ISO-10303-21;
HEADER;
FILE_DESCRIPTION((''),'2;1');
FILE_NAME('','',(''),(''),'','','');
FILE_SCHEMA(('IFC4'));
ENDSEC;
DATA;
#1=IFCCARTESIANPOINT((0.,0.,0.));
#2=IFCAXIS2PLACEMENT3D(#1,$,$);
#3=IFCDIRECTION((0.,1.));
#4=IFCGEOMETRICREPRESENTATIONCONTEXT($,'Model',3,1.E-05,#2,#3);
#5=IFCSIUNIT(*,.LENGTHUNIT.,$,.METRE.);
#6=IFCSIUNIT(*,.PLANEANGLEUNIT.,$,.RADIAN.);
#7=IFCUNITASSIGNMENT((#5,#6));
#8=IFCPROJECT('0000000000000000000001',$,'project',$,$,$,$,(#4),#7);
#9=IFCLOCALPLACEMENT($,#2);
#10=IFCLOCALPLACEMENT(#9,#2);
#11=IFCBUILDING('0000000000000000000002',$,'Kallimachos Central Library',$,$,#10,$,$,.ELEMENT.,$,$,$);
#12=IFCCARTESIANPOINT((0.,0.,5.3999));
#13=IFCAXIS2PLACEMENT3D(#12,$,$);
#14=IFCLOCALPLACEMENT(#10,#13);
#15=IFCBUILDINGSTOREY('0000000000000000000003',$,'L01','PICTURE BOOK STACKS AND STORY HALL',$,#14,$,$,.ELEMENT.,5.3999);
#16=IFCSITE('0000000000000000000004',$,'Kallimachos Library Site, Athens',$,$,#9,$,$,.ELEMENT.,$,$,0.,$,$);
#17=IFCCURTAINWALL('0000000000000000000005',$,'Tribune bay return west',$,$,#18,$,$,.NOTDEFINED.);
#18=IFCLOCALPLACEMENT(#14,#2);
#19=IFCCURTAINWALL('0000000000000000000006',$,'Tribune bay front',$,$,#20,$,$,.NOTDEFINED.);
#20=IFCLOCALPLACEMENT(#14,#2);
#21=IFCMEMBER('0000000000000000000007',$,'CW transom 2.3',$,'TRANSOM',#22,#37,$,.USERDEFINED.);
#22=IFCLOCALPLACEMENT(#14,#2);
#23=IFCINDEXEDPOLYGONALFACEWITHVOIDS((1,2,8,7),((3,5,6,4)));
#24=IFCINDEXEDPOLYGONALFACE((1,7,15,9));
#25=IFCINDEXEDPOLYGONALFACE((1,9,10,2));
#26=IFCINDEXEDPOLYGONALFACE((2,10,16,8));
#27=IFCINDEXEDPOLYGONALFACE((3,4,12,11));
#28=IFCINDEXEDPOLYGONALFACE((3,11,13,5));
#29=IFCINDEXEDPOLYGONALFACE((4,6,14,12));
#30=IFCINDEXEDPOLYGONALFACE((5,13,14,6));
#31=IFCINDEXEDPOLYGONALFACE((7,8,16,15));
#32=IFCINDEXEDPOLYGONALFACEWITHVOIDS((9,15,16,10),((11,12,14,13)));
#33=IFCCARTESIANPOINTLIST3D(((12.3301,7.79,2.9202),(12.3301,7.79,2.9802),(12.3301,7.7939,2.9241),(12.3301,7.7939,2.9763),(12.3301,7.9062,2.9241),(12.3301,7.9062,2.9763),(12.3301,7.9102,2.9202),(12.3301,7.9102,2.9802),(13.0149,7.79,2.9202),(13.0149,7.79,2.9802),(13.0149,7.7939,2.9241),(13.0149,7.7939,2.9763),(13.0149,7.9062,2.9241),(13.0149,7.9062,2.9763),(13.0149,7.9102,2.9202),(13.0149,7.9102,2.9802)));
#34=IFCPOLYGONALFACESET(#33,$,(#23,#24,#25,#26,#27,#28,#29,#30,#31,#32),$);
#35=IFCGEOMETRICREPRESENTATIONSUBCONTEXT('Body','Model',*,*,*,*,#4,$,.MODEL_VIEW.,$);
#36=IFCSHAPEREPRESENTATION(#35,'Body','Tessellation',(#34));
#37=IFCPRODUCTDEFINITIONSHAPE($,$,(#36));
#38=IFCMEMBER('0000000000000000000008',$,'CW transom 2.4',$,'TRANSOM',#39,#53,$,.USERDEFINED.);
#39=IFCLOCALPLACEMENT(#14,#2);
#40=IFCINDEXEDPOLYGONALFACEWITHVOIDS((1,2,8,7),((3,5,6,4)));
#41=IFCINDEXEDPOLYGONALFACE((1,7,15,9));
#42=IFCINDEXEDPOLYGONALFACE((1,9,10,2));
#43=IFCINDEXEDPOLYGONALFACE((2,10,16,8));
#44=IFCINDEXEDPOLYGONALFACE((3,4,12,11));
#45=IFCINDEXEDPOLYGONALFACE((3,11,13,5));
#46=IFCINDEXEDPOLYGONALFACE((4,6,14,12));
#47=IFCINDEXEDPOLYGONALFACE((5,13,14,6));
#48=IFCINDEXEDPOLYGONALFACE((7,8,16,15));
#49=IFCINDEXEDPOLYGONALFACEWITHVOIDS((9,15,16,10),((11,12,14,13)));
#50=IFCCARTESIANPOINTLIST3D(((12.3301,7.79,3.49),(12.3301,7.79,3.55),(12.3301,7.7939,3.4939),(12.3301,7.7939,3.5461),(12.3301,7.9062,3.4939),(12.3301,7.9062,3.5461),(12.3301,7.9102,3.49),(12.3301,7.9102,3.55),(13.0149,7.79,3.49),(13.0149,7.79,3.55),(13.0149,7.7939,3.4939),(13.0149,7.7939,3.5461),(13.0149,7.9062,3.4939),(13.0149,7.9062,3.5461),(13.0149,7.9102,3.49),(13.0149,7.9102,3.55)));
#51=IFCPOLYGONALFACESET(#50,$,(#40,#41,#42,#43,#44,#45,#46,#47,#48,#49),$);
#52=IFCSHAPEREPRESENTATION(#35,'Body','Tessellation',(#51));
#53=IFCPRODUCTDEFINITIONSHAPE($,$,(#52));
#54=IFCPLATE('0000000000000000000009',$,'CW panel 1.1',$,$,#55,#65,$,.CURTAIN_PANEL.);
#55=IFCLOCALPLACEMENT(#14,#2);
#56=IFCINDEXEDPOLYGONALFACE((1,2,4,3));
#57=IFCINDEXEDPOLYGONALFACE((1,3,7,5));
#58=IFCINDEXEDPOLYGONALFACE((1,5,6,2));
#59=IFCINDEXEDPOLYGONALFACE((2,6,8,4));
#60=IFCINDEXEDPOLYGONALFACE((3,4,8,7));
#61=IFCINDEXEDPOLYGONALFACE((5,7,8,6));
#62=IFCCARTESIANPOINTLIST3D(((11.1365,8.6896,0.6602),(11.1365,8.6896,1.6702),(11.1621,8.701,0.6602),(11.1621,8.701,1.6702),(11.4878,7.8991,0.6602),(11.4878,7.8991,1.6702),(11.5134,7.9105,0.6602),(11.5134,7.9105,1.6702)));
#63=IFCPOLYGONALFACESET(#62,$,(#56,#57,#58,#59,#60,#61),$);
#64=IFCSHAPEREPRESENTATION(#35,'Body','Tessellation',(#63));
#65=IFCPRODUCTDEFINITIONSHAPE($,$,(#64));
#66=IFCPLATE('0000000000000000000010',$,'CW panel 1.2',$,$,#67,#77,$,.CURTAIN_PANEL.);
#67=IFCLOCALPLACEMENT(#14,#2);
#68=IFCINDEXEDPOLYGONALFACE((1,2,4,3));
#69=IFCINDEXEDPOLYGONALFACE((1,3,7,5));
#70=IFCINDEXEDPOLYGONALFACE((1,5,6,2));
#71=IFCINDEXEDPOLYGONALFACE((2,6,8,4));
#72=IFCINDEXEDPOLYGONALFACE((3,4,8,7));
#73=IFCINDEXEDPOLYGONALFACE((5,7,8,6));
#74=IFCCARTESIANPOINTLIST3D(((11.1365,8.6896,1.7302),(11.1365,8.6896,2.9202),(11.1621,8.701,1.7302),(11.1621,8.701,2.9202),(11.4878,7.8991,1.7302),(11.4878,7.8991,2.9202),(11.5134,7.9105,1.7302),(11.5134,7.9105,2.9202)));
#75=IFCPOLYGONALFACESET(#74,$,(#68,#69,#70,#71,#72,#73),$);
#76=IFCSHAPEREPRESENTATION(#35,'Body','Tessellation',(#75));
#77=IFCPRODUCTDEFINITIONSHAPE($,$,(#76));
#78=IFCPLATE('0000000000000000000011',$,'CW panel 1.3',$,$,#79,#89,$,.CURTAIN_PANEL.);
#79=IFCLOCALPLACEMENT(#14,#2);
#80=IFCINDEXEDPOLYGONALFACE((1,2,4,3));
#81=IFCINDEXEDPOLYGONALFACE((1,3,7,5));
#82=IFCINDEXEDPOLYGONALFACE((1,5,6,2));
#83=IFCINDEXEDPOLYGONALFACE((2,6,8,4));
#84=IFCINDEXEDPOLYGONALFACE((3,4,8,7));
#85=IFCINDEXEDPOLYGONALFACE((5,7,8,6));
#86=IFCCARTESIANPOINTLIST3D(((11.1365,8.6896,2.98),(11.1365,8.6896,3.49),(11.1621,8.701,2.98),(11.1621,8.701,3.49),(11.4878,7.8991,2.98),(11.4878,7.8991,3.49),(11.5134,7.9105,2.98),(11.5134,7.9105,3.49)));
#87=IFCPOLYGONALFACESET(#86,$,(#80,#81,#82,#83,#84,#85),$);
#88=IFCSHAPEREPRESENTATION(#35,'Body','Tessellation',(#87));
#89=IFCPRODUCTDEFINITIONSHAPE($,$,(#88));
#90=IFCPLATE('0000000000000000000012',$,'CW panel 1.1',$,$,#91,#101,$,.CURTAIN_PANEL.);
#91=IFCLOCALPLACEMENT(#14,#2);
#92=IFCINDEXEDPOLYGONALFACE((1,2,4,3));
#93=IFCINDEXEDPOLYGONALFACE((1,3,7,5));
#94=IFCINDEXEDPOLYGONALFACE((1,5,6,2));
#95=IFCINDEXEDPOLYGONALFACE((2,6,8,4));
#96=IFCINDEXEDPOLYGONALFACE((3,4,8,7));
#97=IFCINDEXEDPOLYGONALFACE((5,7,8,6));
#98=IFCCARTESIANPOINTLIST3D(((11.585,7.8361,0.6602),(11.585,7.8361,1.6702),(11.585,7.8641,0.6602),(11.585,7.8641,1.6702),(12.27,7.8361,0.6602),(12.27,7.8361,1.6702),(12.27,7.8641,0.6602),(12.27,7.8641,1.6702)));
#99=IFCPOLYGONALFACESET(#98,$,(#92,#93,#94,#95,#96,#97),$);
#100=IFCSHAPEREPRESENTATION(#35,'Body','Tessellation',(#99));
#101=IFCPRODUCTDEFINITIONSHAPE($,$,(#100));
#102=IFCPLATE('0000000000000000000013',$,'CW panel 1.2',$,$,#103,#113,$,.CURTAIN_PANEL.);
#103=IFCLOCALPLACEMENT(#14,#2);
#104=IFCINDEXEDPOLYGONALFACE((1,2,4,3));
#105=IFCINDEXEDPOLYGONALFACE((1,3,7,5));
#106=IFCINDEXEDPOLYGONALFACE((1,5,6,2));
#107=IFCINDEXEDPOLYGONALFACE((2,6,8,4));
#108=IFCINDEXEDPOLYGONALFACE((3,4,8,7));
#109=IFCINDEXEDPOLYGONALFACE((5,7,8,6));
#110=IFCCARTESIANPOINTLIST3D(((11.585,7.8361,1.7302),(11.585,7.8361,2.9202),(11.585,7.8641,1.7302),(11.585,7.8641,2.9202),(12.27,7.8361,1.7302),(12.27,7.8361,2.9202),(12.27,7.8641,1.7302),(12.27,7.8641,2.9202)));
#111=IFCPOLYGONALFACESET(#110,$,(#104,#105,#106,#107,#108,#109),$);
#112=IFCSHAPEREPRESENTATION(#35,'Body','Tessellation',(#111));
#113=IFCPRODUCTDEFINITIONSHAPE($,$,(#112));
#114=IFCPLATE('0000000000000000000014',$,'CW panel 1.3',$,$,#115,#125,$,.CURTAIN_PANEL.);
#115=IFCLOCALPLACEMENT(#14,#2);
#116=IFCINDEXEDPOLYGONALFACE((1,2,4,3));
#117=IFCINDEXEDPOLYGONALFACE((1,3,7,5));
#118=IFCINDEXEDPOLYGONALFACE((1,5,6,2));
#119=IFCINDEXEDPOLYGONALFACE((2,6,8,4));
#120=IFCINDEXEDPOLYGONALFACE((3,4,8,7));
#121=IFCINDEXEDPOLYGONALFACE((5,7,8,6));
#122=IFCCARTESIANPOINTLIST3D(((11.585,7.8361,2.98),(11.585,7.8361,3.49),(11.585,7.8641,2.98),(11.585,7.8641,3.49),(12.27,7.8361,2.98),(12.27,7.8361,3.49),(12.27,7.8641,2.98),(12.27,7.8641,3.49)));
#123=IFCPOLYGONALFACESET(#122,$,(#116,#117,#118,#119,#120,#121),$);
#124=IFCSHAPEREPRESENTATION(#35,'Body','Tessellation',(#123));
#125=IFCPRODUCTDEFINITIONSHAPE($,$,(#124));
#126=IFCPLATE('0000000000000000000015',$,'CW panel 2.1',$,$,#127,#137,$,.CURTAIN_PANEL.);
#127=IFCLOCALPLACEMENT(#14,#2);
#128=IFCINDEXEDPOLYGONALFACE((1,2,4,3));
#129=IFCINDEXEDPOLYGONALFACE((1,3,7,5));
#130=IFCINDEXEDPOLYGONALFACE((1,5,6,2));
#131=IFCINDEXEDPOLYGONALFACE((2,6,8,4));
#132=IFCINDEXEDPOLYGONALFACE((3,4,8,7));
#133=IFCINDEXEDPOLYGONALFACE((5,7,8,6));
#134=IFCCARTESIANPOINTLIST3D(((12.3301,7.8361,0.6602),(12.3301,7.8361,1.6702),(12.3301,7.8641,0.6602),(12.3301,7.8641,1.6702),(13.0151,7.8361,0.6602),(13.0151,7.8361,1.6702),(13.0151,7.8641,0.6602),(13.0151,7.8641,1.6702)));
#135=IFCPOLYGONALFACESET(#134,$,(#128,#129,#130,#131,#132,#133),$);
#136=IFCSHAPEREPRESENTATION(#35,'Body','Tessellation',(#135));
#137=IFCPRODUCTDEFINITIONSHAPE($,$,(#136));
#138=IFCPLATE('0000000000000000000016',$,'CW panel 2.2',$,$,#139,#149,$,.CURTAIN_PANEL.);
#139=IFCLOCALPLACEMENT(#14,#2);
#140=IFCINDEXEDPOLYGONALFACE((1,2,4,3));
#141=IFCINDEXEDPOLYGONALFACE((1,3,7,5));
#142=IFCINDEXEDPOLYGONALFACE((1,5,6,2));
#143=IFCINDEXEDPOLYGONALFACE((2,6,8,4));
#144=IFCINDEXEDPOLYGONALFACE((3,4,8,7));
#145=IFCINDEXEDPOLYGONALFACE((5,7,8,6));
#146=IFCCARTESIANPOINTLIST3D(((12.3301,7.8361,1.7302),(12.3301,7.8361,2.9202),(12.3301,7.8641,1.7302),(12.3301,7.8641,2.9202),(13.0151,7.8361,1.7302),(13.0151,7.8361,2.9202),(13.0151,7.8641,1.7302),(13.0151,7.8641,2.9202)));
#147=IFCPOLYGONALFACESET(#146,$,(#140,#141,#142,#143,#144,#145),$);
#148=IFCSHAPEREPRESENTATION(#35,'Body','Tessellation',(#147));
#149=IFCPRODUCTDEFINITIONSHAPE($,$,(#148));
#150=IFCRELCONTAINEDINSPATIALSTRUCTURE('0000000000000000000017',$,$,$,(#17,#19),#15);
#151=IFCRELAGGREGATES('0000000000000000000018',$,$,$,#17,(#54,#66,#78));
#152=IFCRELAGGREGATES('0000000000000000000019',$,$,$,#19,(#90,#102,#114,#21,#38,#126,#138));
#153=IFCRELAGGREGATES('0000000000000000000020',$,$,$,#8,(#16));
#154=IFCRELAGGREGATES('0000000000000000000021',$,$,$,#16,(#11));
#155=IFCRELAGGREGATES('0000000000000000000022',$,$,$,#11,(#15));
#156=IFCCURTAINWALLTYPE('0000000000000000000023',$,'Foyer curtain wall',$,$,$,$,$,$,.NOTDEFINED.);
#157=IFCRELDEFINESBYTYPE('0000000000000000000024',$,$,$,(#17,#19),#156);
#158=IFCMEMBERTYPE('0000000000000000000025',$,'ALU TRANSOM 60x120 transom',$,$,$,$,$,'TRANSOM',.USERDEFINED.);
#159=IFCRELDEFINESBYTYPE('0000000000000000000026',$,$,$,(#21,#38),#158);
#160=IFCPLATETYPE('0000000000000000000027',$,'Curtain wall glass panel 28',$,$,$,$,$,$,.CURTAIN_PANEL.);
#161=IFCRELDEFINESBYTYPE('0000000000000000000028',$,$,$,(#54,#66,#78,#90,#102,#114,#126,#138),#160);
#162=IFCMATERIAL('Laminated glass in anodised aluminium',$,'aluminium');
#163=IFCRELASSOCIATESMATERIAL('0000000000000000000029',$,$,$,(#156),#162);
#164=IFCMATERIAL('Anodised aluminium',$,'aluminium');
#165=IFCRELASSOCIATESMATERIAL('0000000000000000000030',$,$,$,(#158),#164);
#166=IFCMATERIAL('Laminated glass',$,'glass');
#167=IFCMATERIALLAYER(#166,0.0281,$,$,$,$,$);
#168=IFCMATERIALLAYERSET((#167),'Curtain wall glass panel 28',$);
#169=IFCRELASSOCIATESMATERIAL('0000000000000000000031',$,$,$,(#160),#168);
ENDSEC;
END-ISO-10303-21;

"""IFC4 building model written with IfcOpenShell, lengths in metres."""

from ifc_helpers import new_model, si_unit, direction, frame, origin, origin_2d, place, context, subcontext, project, spatial, rectangle, hollow_rectangle, extrude, material, layer, layer_set, material_profile, profile_set, type_object, element, aggregate, save


model = new_model("IFC4")

# Units and contexts
model_context = context("Model", 3, precision=1e-05, world=origin(), true_north=direction((0.0, 1.0)))
body_context = subcontext(model_context, "Body", "Model", "MODEL_VIEW")
ifc_project = project(units=[si_unit("LENGTHUNIT", "METRE"), si_unit("PLANEANGLEUNIT", "RADIAN")], contexts=[model_context])

# Site, building, storey
site_placement = place(None, origin())
site = spatial("IfcSite", under=ifc_project, at=site_placement, Name="Kallimachos Library Site, Athens", CompositionType="ELEMENT", RefElevation=0.0)
building_placement = place(site_placement, origin())
building = spatial("IfcBuilding", under=site, at=building_placement, Name="Kallimachos Central Library", CompositionType="ELEMENT")
storey_placement = place(building_placement, frame((0.0, 0.0, 5.3999)))
storey = spatial("IfcBuildingStorey", under=building, at=storey_placement, Name="L01", Description="PICTURE BOOK STACKS AND STORY HALL", CompositionType="ELEMENT", Elevation=5.3999)

# Curtain wall
ifc_material_1 = material(Name="Laminated glass in anodised aluminium", Category="aluminium")
curtain_wall_type = type_object("IfcCurtainWallType", Name="Foyer curtain wall", PredefinedType="NOTDEFINED", material=ifc_material_1)
curtain_wall_1_placement = place(storey_placement, origin())
curtain_wall_1 = element("IfcCurtainWall", 1, at=curtain_wall_1_placement, inside=storey, type_object=curtain_wall_type, Name="Tribune bay return west", PredefinedType="NOTDEFINED")

# Curtain wall
curtain_wall_2_placement = place(storey_placement, origin())
curtain_wall_2 = element("IfcCurtainWall", 2, at=curtain_wall_2_placement, inside=storey, type_object=curtain_wall_type, Name="Tribune bay front", PredefinedType="NOTDEFINED")

# Members
ifc_material_2 = material(Name="Anodised aluminium", Category="aluminium")
ifc_material_profile_1 = material_profile(ifc_material_2, hollow_rectangle(XDim=0.0601, YDim=0.1201, WallThickness=0.0039, at=origin_2d()), Name="ALU TRANSOM 60x120")
ifc_profile_set_1 = profile_set([ifc_material_profile_1], Name="Anodised aluminium")
member_type_1 = type_object("IfcMemberType", Name="ALU TRANSOM 60x120 transom", ElementType="TRANSOM", PredefinedType="USERDEFINED", material=ifc_profile_set_1)
member_1_placement = place(storey_placement, frame((12.3301, 7.8501, 2.9502), z_axis=(1.0, 0.0, 0.0), x_axis=(0.0, 0.0, 1.0)))
member_1 = element("IfcMember", 3, at=member_1_placement, type_object=member_type_1, Name="CW transom 2.3", ObjectType="TRANSOM", PredefinedType="USERDEFINED", context=body_context, shape_type="SweptSolid", body=[
    extrude(hollow_rectangle(XDim=0.0601, YDim=0.1201, WallThickness=0.0039, at=origin_2d()), origin(), (0.0, 0.0, 1.0), 0.6848),
])
member_2_placement = place(storey_placement, frame((12.3301, 7.8501, 3.52), z_axis=(1.0, 0.0, 0.0), x_axis=(0.0, 0.0, 1.0)))
member_2 = element("IfcMember", 4, at=member_2_placement, type_object=member_type_1, Name="CW transom 2.4", ObjectType="TRANSOM", PredefinedType="USERDEFINED", context=body_context, shape_type="SweptSolid", body=[
    extrude(hollow_rectangle(XDim=0.0601, YDim=0.1201, WallThickness=0.0039, at=origin_2d()), origin(), (0.0, 0.0, 1.0), 0.6848),
])

# Plates
ifc_material_3 = material(Name="Laminated glass", Category="glass")
ifc_layer = layer(ifc_material_3, 0.0281)
ifc_layer_set = layer_set([ifc_layer], Name="Curtain wall glass panel 28")
plate_type = type_object("IfcPlateType", Name="Curtain wall glass panel 28", PredefinedType="CURTAIN_PANEL", material=ifc_layer_set)
plate_1_placement = place(storey_placement, frame((11.325, 8.3, 0.6602), z_axis=(0.0, 0.0, 1.0), x_axis=(0.406138, -0.913812, 0.0)))
plate_1 = element("IfcPlate", 5, at=plate_1_placement, type_object=plate_type, Name="CW panel 1.1", PredefinedType="CURTAIN_PANEL", context=body_context, shape_type="SweptSolid", body=[
    extrude(rectangle(XDim=0.865, YDim=0.0281, at=origin_2d()), origin(), (0.0, 0.0, 1.0), 1.01),
])
plate_2_placement = place(storey_placement, frame((11.325, 8.3, 1.7302), z_axis=(0.0, 0.0, 1.0), x_axis=(0.406138, -0.913812, 0.0)))
plate_2 = element("IfcPlate", 6, at=plate_2_placement, type_object=plate_type, Name="CW panel 1.2", PredefinedType="CURTAIN_PANEL", context=body_context, shape_type="SweptSolid", body=[
    extrude(rectangle(XDim=0.865, YDim=0.0281, at=origin_2d()), origin(), (0.0, 0.0, 1.0), 1.1899),
])
plate_3_placement = place(storey_placement, frame((11.325, 8.3, 2.98), z_axis=(0.0, 0.0, 1.0), x_axis=(0.406138, -0.913812, 0.0)))
plate_3 = element("IfcPlate", 7, at=plate_3_placement, type_object=plate_type, Name="CW panel 1.3", PredefinedType="CURTAIN_PANEL", context=body_context, shape_type="SweptSolid", body=[
    extrude(rectangle(XDim=0.865, YDim=0.0281, at=origin_2d()), origin(), (0.0, 0.0, 1.0), 0.51),
])
aggregate(curtain_wall_1, [plate_1, plate_2, plate_3])
plate_4_placement = place(storey_placement, frame((11.9275, 7.8501, 0.6602), z_axis=(0.0, 0.0, 1.0), x_axis=(1.0, 0.0, 0.0)))
plate_4 = element("IfcPlate", 8, at=plate_4_placement, type_object=plate_type, Name="CW panel 1.1", PredefinedType="CURTAIN_PANEL", context=body_context, shape_type="SweptSolid", body=[
    extrude(rectangle(XDim=0.6851, YDim=0.0281, at=origin_2d()), origin(), (0.0, 0.0, 1.0), 1.01),
])
plate_5_placement = place(storey_placement, frame((11.9275, 7.8501, 1.7302), z_axis=(0.0, 0.0, 1.0), x_axis=(1.0, 0.0, 0.0)))
plate_5 = element("IfcPlate", 9, at=plate_5_placement, type_object=plate_type, Name="CW panel 1.2", PredefinedType="CURTAIN_PANEL", context=body_context, shape_type="SweptSolid", body=[
    extrude(rectangle(XDim=0.6851, YDim=0.0281, at=origin_2d()), origin(), (0.0, 0.0, 1.0), 1.1899),
])
plate_6_placement = place(storey_placement, frame((11.9275, 7.8501, 2.98), z_axis=(0.0, 0.0, 1.0), x_axis=(1.0, 0.0, 0.0)))
plate_6 = element("IfcPlate", 10, at=plate_6_placement, type_object=plate_type, Name="CW panel 1.3", PredefinedType="CURTAIN_PANEL", context=body_context, shape_type="SweptSolid", body=[
    extrude(rectangle(XDim=0.6851, YDim=0.0281, at=origin_2d()), origin(), (0.0, 0.0, 1.0), 0.51),
])
plate_7_placement = place(storey_placement, frame((12.6726, 7.8501, 0.6602), z_axis=(0.0, 0.0, 1.0), x_axis=(1.0, 0.0, 0.0)))
plate_7 = element("IfcPlate", 11, at=plate_7_placement, type_object=plate_type, Name="CW panel 2.1", PredefinedType="CURTAIN_PANEL", context=body_context, shape_type="SweptSolid", body=[
    extrude(rectangle(XDim=0.6851, YDim=0.0281, at=origin_2d()), origin(), (0.0, 0.0, 1.0), 1.01),
])
plate_8_placement = place(storey_placement, frame((12.6726, 7.8501, 1.7302), z_axis=(0.0, 0.0, 1.0), x_axis=(1.0, 0.0, 0.0)))
plate_8 = element("IfcPlate", 12, at=plate_8_placement, type_object=plate_type, Name="CW panel 2.2", PredefinedType="CURTAIN_PANEL", context=body_context, shape_type="SweptSolid", body=[
    extrude(rectangle(XDim=0.6851, YDim=0.0281, at=origin_2d()), origin(), (0.0, 0.0, 1.0), 1.1899),
])
aggregate(curtain_wall_2, [plate_4, plate_5, plate_6, member_1, member_2, plate_7, plate_8])

save(model, "model.ifc")
